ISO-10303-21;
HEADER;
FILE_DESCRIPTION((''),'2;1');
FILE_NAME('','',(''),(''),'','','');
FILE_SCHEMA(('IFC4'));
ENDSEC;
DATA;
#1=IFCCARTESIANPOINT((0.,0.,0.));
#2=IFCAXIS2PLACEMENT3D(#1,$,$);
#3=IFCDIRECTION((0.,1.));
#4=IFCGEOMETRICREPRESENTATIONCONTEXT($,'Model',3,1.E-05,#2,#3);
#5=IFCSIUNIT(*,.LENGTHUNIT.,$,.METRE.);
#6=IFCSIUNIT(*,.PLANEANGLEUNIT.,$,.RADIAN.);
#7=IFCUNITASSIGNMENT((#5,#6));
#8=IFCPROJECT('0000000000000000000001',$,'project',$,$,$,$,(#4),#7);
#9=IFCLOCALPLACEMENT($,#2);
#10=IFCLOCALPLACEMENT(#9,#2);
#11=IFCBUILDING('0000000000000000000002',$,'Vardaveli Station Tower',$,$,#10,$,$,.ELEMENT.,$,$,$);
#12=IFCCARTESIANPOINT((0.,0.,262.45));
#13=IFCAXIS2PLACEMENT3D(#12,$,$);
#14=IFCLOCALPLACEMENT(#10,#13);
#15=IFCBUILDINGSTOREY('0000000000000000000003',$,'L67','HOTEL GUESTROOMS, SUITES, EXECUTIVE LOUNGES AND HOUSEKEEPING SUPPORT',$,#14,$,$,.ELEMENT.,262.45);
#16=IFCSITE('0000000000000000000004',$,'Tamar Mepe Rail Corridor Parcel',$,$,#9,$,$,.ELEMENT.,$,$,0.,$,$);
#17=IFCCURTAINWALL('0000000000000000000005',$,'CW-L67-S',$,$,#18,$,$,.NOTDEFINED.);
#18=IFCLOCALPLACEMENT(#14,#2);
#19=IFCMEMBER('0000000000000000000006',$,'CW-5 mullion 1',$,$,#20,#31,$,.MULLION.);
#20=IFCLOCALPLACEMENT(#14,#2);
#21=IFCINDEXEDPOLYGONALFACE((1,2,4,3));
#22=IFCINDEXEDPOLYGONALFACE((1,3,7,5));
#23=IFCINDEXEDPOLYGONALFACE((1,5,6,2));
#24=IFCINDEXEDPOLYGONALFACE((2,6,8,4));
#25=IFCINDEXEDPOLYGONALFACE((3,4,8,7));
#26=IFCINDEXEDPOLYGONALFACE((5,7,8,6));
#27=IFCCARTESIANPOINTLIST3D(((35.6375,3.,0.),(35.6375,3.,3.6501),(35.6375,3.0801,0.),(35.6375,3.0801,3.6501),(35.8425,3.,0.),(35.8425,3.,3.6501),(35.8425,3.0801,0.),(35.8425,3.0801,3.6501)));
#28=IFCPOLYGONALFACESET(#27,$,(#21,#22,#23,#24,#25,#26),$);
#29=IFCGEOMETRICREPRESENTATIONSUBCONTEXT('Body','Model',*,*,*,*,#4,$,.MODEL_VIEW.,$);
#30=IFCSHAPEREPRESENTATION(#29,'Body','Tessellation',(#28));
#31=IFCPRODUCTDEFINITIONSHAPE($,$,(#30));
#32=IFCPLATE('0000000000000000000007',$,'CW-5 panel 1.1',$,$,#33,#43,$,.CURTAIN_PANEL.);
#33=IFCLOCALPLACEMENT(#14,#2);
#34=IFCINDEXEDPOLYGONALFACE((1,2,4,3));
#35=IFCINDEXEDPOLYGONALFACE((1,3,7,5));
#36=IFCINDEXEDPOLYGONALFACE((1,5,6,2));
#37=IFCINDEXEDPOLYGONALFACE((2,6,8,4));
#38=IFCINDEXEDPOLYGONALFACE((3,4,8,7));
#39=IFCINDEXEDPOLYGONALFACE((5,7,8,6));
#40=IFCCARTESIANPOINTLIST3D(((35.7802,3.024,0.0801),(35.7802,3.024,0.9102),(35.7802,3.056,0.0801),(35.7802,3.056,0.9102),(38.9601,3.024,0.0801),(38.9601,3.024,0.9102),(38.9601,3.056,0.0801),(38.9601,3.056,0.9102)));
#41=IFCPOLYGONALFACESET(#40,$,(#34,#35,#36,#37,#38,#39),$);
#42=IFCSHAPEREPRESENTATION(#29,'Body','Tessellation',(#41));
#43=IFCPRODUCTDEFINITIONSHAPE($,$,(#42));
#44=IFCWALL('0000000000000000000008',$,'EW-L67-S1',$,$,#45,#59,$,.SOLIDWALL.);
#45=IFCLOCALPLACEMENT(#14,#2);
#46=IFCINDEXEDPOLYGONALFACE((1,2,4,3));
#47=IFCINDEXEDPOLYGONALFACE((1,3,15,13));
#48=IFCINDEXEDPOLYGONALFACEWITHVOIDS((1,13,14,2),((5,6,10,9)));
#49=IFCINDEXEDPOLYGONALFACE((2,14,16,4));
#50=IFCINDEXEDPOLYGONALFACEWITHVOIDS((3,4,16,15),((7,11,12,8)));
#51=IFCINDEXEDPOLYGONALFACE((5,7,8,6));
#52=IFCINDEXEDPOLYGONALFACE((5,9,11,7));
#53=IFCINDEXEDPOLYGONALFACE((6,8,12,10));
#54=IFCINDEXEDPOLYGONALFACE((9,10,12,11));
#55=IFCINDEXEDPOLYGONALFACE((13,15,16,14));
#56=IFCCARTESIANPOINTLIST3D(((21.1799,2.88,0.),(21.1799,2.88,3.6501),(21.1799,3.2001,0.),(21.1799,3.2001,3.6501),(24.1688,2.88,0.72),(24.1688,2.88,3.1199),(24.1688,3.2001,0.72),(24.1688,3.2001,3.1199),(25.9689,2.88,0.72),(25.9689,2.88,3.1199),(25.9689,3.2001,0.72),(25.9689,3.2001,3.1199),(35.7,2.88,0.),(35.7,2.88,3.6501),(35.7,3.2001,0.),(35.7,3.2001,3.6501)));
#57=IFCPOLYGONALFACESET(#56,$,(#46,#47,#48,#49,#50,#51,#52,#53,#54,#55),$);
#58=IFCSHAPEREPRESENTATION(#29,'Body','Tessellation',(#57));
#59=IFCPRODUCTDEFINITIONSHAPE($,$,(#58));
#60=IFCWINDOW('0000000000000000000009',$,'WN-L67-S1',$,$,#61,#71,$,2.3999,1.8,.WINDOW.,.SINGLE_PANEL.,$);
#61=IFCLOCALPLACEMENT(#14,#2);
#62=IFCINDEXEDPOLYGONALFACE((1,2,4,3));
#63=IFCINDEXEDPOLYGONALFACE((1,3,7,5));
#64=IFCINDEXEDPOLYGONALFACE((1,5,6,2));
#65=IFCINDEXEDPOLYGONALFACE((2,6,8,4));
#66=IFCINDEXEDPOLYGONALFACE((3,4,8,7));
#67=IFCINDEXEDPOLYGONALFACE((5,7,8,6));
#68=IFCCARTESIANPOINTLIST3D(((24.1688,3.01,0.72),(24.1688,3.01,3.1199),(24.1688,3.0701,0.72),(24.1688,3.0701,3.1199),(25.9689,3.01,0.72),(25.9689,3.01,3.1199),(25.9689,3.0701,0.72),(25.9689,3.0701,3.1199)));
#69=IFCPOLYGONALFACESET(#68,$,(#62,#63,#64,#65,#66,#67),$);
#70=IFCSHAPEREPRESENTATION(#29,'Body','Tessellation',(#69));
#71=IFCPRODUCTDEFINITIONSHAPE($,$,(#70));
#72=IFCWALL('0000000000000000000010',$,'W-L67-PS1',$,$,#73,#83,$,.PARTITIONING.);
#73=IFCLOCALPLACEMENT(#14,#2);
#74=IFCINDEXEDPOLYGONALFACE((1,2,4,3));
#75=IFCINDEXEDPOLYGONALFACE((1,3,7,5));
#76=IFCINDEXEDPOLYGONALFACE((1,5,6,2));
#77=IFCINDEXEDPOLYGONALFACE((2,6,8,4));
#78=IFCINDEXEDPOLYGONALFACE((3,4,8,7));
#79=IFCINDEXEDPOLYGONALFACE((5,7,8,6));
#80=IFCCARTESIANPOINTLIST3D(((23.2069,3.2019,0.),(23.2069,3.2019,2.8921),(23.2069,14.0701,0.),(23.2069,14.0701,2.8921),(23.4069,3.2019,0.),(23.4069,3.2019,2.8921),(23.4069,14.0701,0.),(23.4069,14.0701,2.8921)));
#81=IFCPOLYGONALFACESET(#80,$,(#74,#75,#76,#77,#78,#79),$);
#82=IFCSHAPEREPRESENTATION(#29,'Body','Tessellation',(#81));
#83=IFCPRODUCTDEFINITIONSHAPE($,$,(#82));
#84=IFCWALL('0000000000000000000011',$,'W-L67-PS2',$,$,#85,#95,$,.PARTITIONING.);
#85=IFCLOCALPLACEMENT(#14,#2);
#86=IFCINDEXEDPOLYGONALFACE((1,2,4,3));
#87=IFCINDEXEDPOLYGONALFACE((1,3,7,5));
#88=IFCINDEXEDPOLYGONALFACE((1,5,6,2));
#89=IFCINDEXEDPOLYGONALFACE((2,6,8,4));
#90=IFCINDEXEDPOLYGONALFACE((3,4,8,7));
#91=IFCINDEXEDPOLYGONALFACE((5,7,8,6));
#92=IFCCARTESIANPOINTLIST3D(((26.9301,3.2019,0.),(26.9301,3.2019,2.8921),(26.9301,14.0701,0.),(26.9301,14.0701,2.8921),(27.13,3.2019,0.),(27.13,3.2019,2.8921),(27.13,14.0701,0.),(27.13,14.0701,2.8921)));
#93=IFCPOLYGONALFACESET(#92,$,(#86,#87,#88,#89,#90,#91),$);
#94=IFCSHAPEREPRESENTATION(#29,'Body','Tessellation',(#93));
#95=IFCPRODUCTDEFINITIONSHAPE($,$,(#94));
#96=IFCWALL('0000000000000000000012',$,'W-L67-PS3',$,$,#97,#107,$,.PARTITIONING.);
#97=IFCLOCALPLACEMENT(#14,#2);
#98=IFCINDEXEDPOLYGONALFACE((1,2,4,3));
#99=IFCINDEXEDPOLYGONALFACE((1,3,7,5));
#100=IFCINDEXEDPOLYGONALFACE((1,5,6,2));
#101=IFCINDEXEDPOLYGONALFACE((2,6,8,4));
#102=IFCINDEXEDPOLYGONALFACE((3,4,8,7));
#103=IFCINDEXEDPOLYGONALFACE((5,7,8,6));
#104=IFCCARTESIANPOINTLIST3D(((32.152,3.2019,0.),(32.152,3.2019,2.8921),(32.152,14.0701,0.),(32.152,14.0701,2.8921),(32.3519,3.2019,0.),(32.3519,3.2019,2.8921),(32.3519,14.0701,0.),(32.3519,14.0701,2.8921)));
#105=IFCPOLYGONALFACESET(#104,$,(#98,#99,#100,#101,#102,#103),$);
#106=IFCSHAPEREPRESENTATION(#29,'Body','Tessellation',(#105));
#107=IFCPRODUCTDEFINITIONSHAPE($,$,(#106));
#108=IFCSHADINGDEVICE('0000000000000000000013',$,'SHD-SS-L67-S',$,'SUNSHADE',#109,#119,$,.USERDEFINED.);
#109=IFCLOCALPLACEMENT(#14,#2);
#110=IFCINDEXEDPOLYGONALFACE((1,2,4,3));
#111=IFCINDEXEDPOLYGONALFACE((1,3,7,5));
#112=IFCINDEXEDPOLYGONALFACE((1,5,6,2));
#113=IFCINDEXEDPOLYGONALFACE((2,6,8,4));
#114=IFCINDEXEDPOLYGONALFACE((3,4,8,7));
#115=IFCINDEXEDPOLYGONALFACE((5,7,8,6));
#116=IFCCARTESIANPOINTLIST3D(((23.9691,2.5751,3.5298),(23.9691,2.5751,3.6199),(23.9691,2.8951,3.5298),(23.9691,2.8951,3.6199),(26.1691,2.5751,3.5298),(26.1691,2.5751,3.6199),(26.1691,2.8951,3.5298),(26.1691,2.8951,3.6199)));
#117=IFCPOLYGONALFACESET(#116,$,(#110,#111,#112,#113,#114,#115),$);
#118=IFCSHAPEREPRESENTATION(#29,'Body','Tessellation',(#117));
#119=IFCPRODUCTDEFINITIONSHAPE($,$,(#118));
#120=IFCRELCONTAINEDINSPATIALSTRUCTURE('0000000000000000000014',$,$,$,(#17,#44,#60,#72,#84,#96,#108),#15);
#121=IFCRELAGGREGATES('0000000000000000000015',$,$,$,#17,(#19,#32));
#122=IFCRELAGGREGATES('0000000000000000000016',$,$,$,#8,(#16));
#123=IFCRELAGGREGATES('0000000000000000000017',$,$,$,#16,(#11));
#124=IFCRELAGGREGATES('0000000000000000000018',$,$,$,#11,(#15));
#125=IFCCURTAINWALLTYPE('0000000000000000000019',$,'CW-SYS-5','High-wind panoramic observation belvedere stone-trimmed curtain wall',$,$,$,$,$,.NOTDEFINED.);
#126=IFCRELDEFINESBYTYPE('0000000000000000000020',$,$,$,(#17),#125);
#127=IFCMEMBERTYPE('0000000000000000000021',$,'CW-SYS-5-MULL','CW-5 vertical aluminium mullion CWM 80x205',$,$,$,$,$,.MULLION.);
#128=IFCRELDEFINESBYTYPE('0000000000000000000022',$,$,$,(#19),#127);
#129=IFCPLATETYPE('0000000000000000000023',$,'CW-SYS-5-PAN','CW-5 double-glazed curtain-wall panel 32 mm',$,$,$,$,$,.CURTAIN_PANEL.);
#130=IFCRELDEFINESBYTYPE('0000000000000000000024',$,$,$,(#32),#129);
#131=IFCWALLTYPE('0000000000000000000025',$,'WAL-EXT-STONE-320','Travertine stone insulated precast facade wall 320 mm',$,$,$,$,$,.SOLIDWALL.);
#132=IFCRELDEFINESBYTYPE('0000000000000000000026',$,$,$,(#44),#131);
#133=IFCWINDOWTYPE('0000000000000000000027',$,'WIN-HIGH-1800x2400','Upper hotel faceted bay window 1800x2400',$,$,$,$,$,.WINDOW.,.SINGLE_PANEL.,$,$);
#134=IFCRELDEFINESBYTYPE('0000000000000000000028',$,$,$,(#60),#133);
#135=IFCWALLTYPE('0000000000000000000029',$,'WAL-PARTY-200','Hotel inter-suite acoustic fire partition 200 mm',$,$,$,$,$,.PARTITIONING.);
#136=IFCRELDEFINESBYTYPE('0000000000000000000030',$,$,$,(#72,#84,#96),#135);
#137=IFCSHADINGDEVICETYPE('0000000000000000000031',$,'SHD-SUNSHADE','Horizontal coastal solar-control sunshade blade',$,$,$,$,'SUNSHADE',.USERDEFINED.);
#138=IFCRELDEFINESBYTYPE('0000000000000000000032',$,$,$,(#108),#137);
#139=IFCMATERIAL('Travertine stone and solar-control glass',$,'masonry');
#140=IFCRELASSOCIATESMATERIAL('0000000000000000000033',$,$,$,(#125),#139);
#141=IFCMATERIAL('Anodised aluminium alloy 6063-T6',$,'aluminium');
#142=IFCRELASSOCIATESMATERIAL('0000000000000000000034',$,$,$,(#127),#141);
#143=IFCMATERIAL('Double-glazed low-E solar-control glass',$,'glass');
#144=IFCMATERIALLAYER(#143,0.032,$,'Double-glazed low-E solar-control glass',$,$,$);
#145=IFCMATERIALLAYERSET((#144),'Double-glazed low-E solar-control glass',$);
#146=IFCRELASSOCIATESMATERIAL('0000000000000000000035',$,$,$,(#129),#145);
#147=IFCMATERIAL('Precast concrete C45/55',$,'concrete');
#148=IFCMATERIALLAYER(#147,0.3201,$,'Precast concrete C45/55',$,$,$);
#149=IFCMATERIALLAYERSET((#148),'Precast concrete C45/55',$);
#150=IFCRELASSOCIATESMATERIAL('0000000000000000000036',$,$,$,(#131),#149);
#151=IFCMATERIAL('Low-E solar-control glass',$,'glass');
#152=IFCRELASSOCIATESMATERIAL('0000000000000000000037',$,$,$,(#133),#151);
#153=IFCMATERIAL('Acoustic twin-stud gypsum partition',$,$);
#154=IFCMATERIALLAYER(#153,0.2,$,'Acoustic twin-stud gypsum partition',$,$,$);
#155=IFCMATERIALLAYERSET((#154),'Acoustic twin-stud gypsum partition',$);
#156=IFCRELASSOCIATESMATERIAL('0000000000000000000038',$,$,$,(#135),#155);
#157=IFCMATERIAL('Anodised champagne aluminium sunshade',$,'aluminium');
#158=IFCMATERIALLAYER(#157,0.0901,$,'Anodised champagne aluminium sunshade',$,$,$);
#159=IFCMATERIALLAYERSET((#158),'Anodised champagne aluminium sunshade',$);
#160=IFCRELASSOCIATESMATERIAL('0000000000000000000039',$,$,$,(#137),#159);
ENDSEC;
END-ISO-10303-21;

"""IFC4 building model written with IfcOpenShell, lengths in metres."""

from ifc_helpers import new_model, si_unit, direction, frame, frame_2d, origin, origin_2d, place, context, subcontext, project, spatial, rectangle, extrude, source, transform, mapped, material, layer, layer_set, material_profile, profile_set, type_object, element, fill, aggregate, save


model = new_model("IFC4")

# Units and contexts
model_context = context("Model", 3, precision=1e-05, world=origin(), true_north=direction((0.0, 1.0)))
body_context = subcontext(model_context, "Body", "Model", "MODEL_VIEW")
ifc_project = project(units=[si_unit("LENGTHUNIT", "METRE"), si_unit("PLANEANGLEUNIT", "RADIAN")], contexts=[model_context])

# Site, building, storey
site_placement = place(None, origin())
site = spatial("IfcSite", under=ifc_project, at=site_placement, Name="Tamar Mepe Rail Corridor Parcel", CompositionType="ELEMENT", RefElevation=0.0)
building_placement = place(site_placement, origin())
building = spatial("IfcBuilding", under=site, at=building_placement, Name="Vardaveli Station Tower", CompositionType="ELEMENT")
storey_placement = place(building_placement, frame((0.0, 0.0, 262.45)))
storey = spatial("IfcBuildingStorey", under=building, at=storey_placement, Name="L67", Description="HOTEL GUESTROOMS, SUITES, EXECUTIVE LOUNGES AND HOUSEKEEPING SUPPORT", CompositionType="ELEMENT", Elevation=262.45)

# Shared definitions
ifc_material_1 = material(Name="Precast concrete C45/55", Category="concrete")

# Curtain wall, member, plate
ifc_material_2 = material(Name="Travertine stone and solar-control glass", Category="masonry")
curtain_wall_type = type_object("IfcCurtainWallType", Name="CW-SYS-5", Description="High-wind panoramic observation belvedere stone-trimmed curtain wall", PredefinedType="NOTDEFINED", material=ifc_material_2)
curtain_wall_placement = place(storey_placement, origin())
curtain_wall = element("IfcCurtainWall", 1, at=curtain_wall_placement, inside=storey, type_object=curtain_wall_type, Name="CW-L67-S", PredefinedType="NOTDEFINED")
ifc_material_3 = material(Name="Anodised aluminium alloy 6063-T6", Category="aluminium")
ifc_material_profile_1 = material_profile(ifc_material_3, rectangle(XDim=0.0801, YDim=0.2051, at=origin_2d()), Name="CWM 80x205")
ifc_profile_set_1 = profile_set([ifc_material_profile_1], Name="Anodised aluminium alloy 6063-T6")
member_type_1 = type_object("IfcMemberType", Name="CW-SYS-5-MULL", Description="CW-5 vertical aluminium mullion CWM 80x205", PredefinedType="MULLION", material=ifc_profile_set_1)
shared_shape_1 = source(origin(), body_context, "Body", "SweptSolid", [
    extrude(rectangle(XDim=0.0801, YDim=0.2051, at=origin_2d()), origin(), (0.0, 0.0, 1.0), 3.6501),
])
member_1_placement = place(storey_placement, frame((35.74, 3.04, 0.0), z_axis=(0.0, 0.0, 1.0), x_axis=(0.0, 1.0, 0.0)))
member_1 = element("IfcMember", 2, at=member_1_placement, type_object=member_type_1, Name="CW-5 mullion 1", PredefinedType="MULLION", context=body_context, shape_type="MappedRepresentation", body=[
    mapped(shared_shape_1, transform((0.0, 0.0, 0.0), scale=1.0)),
])
ifc_material_4 = material(Name="Double-glazed low-E solar-control glass", Category="glass")
ifc_layer_1 = layer(ifc_material_4, 0.032, Name="Double-glazed low-E solar-control glass")
ifc_layer_set_1 = layer_set([ifc_layer_1], Name="Double-glazed low-E solar-control glass")
plate_type = type_object("IfcPlateType", Name="CW-SYS-5-PAN", Description="CW-5 double-glazed curtain-wall panel 32 mm", PredefinedType="CURTAIN_PANEL", material=ifc_layer_set_1)
shared_shape_2 = source(origin(), body_context, "Body", "SweptSolid", [
    extrude(rectangle(XDim=3.1799, YDim=0.032, at=origin_2d()), origin(), (0.0, 0.0, 1.0), 0.8301),
])
plate_placement = place(storey_placement, frame((37.3701, 3.04, 0.0801), z_axis=(0.0, 0.0, 1.0), x_axis=(1.0, 0.0, 0.0)))
plate = element("IfcPlate", 3, at=plate_placement, type_object=plate_type, Name="CW-5 panel 1.1", PredefinedType="CURTAIN_PANEL", context=body_context, shape_type="MappedRepresentation", body=[
    mapped(shared_shape_2, transform((0.0, 0.0, 0.0), scale=1.0)),
])
aggregate(curtain_wall, [member_1, plate])

# Wall, opening, window
ifc_layer_2 = layer(ifc_material_1, 0.3201, Name="Precast concrete C45/55")
ifc_layer_set_2 = layer_set([ifc_layer_2], Name="Precast concrete C45/55")
wall_type_1 = type_object("IfcWallType", Name="WAL-EXT-STONE-320", Description="Travertine stone insulated precast facade wall 320 mm", PredefinedType="SOLIDWALL", material=ifc_layer_set_2)
shared_shape_3 = source(origin(), body_context, "Body", "SweptSolid", [
    extrude(rectangle(XDim=14.52, YDim=0.3201, at=frame_2d((7.26, 0.0))), origin(), (0.0, 0.0, 1.0), 3.6501),
])
wall_placement = place(storey_placement, frame((21.1799, 3.04, 0.0), z_axis=(0.0, 0.0, 1.0), x_axis=(1.0, 0.0, 0.0)))
wall = element("IfcWall", 4, at=wall_placement, inside=storey, type_object=wall_type_1, Name="EW-L67-S1", PredefinedType="SOLIDWALL", context=body_context, shape_type="MappedRepresentation", body=[
    mapped(shared_shape_3, transform((0.0, 0.0, 0.0), scale=1.0)),
])
shared_shape_4 = source(origin(), body_context, "Body", "SweptSolid", [
    extrude(rectangle(XDim=1.8, YDim=2.3999, at=frame_2d((0.8999, 1.2))), frame((0.0, 0.1699, 0.0), z_axis=(0.0, -1.0, 0.0), x_axis=(1.0, 0.0, 0.0)), (0.0, 0.0, 1.0), 0.3401),
])
opening_placement = place(wall_placement, frame((2.989, 0.0, 0.72)))
opening = element("IfcOpeningElement", 5, at=opening_placement, cuts=wall, PredefinedType="OPENING", context=body_context, shape_type="MappedRepresentation", body=[
    mapped(shared_shape_4, transform((0.0, 0.0, 0.0), scale=1.0)),
])
ifc_material_5 = material(Name="Low-E solar-control glass", Category="glass")
window_type = type_object("IfcWindowType", Name="WIN-HIGH-1800x2400", Description="Upper hotel faceted bay window 1800x2400", PartitioningType="SINGLE_PANEL", PredefinedType="WINDOW", material=ifc_material_5)
shared_shape_5 = source(origin(), body_context, "Body", "SweptSolid", [
    extrude(rectangle(XDim=1.8, YDim=2.3999, at=frame_2d((0.8999, 1.2))), frame((0.0, 0.03, 0.0), z_axis=(0.0, -1.0, 0.0), x_axis=(1.0, 0.0, 0.0)), (0.0, 0.0, 1.0), 0.0601),
])
window_placement = place(opening_placement, origin())
window = element("IfcWindow", 6, at=window_placement, inside=storey, type_object=window_type, Name="WN-L67-S1", OverallHeight=2.3999, OverallWidth=1.8, PartitioningType="SINGLE_PANEL", PredefinedType="WINDOW", context=body_context, shape_type="MappedRepresentation", body=[
    mapped(shared_shape_5, transform((0.0, 0.0, 0.0), scale=1.0)),
])
fill(opening, window)

# Walls
ifc_material_6 = material(Name="Acoustic twin-stud gypsum partition")
ifc_layer_3 = layer(ifc_material_6, 0.2, Name="Acoustic twin-stud gypsum partition")
ifc_layer_set_3 = layer_set([ifc_layer_3], Name="Acoustic twin-stud gypsum partition")
wall_type_2 = type_object("IfcWallType", Name="WAL-PARTY-200", Description="Hotel inter-suite acoustic fire partition 200 mm", PredefinedType="PARTITIONING", material=ifc_layer_set_3)
shared_shape_6 = source(origin(), body_context, "Body", "SweptSolid", [
    extrude(rectangle(XDim=10.8682, YDim=0.2, at=frame_2d((5.4341, 0.0))), origin(), (0.0, 0.0, 1.0), 2.8921),
])
for number, where, z_axis, x_axis, name in (
    (7, (23.3069, 3.2019, 0.0), (0.0, 0.0, 1.0), (0.0, 1.0, 0.0), "W-L67-PS1"),
    (8, (27.03, 3.2019, 0.0), (0.0, 0.0, 1.0), (0.0, 1.0, 0.0), "W-L67-PS2"),
    (9, (32.252, 3.2019, 0.0), (0.0, 0.0, 1.0), (0.0, 1.0, 0.0), "W-L67-PS3"),
):
    element("IfcWall", number, at=place(storey_placement, frame(where, z_axis=z_axis, x_axis=x_axis)), inside=storey, type_object=wall_type_2, Name=name, PredefinedType="PARTITIONING", context=body_context, shape_type="MappedRepresentation", body=[
        mapped(shared_shape_6, transform((0.0, 0.0, 0.0), scale=1.0)),
    ])

# Shading device
ifc_material_7 = material(Name="Anodised champagne aluminium sunshade", Category="aluminium")
ifc_layer_4 = layer(ifc_material_7, 0.0901, Name="Anodised champagne aluminium sunshade")
ifc_layer_set_4 = layer_set([ifc_layer_4], Name="Anodised champagne aluminium sunshade")
shading_device_type = type_object("IfcShadingDeviceType", Name="SHD-SUNSHADE", Description="Horizontal coastal solar-control sunshade blade", ElementType="SUNSHADE", PredefinedType="USERDEFINED", material=ifc_layer_set_4)
shared_shape_7 = source(origin(), body_context, "Body", "SweptSolid", [
    extrude(rectangle(XDim=2.2, YDim=0.3201, at=origin_2d()), origin(), (0.0, 0.0, 1.0), 0.0901),
])
shading_device_placement = place(storey_placement, frame((25.0691, 2.7351, 3.5298), z_axis=(0.0, 0.0, 1.0), x_axis=(1.0, 0.0, 0.0)))
element("IfcShadingDevice", 10, at=shading_device_placement, inside=storey, type_object=shading_device_type, Name="SHD-SS-L67-S", ObjectType="SUNSHADE", PredefinedType="USERDEFINED", context=body_context, shape_type="MappedRepresentation", body=[
    mapped(shared_shape_7, transform((0.0, 0.0, 0.0), scale=1.0)),
])

save(model, "model.ifc")
